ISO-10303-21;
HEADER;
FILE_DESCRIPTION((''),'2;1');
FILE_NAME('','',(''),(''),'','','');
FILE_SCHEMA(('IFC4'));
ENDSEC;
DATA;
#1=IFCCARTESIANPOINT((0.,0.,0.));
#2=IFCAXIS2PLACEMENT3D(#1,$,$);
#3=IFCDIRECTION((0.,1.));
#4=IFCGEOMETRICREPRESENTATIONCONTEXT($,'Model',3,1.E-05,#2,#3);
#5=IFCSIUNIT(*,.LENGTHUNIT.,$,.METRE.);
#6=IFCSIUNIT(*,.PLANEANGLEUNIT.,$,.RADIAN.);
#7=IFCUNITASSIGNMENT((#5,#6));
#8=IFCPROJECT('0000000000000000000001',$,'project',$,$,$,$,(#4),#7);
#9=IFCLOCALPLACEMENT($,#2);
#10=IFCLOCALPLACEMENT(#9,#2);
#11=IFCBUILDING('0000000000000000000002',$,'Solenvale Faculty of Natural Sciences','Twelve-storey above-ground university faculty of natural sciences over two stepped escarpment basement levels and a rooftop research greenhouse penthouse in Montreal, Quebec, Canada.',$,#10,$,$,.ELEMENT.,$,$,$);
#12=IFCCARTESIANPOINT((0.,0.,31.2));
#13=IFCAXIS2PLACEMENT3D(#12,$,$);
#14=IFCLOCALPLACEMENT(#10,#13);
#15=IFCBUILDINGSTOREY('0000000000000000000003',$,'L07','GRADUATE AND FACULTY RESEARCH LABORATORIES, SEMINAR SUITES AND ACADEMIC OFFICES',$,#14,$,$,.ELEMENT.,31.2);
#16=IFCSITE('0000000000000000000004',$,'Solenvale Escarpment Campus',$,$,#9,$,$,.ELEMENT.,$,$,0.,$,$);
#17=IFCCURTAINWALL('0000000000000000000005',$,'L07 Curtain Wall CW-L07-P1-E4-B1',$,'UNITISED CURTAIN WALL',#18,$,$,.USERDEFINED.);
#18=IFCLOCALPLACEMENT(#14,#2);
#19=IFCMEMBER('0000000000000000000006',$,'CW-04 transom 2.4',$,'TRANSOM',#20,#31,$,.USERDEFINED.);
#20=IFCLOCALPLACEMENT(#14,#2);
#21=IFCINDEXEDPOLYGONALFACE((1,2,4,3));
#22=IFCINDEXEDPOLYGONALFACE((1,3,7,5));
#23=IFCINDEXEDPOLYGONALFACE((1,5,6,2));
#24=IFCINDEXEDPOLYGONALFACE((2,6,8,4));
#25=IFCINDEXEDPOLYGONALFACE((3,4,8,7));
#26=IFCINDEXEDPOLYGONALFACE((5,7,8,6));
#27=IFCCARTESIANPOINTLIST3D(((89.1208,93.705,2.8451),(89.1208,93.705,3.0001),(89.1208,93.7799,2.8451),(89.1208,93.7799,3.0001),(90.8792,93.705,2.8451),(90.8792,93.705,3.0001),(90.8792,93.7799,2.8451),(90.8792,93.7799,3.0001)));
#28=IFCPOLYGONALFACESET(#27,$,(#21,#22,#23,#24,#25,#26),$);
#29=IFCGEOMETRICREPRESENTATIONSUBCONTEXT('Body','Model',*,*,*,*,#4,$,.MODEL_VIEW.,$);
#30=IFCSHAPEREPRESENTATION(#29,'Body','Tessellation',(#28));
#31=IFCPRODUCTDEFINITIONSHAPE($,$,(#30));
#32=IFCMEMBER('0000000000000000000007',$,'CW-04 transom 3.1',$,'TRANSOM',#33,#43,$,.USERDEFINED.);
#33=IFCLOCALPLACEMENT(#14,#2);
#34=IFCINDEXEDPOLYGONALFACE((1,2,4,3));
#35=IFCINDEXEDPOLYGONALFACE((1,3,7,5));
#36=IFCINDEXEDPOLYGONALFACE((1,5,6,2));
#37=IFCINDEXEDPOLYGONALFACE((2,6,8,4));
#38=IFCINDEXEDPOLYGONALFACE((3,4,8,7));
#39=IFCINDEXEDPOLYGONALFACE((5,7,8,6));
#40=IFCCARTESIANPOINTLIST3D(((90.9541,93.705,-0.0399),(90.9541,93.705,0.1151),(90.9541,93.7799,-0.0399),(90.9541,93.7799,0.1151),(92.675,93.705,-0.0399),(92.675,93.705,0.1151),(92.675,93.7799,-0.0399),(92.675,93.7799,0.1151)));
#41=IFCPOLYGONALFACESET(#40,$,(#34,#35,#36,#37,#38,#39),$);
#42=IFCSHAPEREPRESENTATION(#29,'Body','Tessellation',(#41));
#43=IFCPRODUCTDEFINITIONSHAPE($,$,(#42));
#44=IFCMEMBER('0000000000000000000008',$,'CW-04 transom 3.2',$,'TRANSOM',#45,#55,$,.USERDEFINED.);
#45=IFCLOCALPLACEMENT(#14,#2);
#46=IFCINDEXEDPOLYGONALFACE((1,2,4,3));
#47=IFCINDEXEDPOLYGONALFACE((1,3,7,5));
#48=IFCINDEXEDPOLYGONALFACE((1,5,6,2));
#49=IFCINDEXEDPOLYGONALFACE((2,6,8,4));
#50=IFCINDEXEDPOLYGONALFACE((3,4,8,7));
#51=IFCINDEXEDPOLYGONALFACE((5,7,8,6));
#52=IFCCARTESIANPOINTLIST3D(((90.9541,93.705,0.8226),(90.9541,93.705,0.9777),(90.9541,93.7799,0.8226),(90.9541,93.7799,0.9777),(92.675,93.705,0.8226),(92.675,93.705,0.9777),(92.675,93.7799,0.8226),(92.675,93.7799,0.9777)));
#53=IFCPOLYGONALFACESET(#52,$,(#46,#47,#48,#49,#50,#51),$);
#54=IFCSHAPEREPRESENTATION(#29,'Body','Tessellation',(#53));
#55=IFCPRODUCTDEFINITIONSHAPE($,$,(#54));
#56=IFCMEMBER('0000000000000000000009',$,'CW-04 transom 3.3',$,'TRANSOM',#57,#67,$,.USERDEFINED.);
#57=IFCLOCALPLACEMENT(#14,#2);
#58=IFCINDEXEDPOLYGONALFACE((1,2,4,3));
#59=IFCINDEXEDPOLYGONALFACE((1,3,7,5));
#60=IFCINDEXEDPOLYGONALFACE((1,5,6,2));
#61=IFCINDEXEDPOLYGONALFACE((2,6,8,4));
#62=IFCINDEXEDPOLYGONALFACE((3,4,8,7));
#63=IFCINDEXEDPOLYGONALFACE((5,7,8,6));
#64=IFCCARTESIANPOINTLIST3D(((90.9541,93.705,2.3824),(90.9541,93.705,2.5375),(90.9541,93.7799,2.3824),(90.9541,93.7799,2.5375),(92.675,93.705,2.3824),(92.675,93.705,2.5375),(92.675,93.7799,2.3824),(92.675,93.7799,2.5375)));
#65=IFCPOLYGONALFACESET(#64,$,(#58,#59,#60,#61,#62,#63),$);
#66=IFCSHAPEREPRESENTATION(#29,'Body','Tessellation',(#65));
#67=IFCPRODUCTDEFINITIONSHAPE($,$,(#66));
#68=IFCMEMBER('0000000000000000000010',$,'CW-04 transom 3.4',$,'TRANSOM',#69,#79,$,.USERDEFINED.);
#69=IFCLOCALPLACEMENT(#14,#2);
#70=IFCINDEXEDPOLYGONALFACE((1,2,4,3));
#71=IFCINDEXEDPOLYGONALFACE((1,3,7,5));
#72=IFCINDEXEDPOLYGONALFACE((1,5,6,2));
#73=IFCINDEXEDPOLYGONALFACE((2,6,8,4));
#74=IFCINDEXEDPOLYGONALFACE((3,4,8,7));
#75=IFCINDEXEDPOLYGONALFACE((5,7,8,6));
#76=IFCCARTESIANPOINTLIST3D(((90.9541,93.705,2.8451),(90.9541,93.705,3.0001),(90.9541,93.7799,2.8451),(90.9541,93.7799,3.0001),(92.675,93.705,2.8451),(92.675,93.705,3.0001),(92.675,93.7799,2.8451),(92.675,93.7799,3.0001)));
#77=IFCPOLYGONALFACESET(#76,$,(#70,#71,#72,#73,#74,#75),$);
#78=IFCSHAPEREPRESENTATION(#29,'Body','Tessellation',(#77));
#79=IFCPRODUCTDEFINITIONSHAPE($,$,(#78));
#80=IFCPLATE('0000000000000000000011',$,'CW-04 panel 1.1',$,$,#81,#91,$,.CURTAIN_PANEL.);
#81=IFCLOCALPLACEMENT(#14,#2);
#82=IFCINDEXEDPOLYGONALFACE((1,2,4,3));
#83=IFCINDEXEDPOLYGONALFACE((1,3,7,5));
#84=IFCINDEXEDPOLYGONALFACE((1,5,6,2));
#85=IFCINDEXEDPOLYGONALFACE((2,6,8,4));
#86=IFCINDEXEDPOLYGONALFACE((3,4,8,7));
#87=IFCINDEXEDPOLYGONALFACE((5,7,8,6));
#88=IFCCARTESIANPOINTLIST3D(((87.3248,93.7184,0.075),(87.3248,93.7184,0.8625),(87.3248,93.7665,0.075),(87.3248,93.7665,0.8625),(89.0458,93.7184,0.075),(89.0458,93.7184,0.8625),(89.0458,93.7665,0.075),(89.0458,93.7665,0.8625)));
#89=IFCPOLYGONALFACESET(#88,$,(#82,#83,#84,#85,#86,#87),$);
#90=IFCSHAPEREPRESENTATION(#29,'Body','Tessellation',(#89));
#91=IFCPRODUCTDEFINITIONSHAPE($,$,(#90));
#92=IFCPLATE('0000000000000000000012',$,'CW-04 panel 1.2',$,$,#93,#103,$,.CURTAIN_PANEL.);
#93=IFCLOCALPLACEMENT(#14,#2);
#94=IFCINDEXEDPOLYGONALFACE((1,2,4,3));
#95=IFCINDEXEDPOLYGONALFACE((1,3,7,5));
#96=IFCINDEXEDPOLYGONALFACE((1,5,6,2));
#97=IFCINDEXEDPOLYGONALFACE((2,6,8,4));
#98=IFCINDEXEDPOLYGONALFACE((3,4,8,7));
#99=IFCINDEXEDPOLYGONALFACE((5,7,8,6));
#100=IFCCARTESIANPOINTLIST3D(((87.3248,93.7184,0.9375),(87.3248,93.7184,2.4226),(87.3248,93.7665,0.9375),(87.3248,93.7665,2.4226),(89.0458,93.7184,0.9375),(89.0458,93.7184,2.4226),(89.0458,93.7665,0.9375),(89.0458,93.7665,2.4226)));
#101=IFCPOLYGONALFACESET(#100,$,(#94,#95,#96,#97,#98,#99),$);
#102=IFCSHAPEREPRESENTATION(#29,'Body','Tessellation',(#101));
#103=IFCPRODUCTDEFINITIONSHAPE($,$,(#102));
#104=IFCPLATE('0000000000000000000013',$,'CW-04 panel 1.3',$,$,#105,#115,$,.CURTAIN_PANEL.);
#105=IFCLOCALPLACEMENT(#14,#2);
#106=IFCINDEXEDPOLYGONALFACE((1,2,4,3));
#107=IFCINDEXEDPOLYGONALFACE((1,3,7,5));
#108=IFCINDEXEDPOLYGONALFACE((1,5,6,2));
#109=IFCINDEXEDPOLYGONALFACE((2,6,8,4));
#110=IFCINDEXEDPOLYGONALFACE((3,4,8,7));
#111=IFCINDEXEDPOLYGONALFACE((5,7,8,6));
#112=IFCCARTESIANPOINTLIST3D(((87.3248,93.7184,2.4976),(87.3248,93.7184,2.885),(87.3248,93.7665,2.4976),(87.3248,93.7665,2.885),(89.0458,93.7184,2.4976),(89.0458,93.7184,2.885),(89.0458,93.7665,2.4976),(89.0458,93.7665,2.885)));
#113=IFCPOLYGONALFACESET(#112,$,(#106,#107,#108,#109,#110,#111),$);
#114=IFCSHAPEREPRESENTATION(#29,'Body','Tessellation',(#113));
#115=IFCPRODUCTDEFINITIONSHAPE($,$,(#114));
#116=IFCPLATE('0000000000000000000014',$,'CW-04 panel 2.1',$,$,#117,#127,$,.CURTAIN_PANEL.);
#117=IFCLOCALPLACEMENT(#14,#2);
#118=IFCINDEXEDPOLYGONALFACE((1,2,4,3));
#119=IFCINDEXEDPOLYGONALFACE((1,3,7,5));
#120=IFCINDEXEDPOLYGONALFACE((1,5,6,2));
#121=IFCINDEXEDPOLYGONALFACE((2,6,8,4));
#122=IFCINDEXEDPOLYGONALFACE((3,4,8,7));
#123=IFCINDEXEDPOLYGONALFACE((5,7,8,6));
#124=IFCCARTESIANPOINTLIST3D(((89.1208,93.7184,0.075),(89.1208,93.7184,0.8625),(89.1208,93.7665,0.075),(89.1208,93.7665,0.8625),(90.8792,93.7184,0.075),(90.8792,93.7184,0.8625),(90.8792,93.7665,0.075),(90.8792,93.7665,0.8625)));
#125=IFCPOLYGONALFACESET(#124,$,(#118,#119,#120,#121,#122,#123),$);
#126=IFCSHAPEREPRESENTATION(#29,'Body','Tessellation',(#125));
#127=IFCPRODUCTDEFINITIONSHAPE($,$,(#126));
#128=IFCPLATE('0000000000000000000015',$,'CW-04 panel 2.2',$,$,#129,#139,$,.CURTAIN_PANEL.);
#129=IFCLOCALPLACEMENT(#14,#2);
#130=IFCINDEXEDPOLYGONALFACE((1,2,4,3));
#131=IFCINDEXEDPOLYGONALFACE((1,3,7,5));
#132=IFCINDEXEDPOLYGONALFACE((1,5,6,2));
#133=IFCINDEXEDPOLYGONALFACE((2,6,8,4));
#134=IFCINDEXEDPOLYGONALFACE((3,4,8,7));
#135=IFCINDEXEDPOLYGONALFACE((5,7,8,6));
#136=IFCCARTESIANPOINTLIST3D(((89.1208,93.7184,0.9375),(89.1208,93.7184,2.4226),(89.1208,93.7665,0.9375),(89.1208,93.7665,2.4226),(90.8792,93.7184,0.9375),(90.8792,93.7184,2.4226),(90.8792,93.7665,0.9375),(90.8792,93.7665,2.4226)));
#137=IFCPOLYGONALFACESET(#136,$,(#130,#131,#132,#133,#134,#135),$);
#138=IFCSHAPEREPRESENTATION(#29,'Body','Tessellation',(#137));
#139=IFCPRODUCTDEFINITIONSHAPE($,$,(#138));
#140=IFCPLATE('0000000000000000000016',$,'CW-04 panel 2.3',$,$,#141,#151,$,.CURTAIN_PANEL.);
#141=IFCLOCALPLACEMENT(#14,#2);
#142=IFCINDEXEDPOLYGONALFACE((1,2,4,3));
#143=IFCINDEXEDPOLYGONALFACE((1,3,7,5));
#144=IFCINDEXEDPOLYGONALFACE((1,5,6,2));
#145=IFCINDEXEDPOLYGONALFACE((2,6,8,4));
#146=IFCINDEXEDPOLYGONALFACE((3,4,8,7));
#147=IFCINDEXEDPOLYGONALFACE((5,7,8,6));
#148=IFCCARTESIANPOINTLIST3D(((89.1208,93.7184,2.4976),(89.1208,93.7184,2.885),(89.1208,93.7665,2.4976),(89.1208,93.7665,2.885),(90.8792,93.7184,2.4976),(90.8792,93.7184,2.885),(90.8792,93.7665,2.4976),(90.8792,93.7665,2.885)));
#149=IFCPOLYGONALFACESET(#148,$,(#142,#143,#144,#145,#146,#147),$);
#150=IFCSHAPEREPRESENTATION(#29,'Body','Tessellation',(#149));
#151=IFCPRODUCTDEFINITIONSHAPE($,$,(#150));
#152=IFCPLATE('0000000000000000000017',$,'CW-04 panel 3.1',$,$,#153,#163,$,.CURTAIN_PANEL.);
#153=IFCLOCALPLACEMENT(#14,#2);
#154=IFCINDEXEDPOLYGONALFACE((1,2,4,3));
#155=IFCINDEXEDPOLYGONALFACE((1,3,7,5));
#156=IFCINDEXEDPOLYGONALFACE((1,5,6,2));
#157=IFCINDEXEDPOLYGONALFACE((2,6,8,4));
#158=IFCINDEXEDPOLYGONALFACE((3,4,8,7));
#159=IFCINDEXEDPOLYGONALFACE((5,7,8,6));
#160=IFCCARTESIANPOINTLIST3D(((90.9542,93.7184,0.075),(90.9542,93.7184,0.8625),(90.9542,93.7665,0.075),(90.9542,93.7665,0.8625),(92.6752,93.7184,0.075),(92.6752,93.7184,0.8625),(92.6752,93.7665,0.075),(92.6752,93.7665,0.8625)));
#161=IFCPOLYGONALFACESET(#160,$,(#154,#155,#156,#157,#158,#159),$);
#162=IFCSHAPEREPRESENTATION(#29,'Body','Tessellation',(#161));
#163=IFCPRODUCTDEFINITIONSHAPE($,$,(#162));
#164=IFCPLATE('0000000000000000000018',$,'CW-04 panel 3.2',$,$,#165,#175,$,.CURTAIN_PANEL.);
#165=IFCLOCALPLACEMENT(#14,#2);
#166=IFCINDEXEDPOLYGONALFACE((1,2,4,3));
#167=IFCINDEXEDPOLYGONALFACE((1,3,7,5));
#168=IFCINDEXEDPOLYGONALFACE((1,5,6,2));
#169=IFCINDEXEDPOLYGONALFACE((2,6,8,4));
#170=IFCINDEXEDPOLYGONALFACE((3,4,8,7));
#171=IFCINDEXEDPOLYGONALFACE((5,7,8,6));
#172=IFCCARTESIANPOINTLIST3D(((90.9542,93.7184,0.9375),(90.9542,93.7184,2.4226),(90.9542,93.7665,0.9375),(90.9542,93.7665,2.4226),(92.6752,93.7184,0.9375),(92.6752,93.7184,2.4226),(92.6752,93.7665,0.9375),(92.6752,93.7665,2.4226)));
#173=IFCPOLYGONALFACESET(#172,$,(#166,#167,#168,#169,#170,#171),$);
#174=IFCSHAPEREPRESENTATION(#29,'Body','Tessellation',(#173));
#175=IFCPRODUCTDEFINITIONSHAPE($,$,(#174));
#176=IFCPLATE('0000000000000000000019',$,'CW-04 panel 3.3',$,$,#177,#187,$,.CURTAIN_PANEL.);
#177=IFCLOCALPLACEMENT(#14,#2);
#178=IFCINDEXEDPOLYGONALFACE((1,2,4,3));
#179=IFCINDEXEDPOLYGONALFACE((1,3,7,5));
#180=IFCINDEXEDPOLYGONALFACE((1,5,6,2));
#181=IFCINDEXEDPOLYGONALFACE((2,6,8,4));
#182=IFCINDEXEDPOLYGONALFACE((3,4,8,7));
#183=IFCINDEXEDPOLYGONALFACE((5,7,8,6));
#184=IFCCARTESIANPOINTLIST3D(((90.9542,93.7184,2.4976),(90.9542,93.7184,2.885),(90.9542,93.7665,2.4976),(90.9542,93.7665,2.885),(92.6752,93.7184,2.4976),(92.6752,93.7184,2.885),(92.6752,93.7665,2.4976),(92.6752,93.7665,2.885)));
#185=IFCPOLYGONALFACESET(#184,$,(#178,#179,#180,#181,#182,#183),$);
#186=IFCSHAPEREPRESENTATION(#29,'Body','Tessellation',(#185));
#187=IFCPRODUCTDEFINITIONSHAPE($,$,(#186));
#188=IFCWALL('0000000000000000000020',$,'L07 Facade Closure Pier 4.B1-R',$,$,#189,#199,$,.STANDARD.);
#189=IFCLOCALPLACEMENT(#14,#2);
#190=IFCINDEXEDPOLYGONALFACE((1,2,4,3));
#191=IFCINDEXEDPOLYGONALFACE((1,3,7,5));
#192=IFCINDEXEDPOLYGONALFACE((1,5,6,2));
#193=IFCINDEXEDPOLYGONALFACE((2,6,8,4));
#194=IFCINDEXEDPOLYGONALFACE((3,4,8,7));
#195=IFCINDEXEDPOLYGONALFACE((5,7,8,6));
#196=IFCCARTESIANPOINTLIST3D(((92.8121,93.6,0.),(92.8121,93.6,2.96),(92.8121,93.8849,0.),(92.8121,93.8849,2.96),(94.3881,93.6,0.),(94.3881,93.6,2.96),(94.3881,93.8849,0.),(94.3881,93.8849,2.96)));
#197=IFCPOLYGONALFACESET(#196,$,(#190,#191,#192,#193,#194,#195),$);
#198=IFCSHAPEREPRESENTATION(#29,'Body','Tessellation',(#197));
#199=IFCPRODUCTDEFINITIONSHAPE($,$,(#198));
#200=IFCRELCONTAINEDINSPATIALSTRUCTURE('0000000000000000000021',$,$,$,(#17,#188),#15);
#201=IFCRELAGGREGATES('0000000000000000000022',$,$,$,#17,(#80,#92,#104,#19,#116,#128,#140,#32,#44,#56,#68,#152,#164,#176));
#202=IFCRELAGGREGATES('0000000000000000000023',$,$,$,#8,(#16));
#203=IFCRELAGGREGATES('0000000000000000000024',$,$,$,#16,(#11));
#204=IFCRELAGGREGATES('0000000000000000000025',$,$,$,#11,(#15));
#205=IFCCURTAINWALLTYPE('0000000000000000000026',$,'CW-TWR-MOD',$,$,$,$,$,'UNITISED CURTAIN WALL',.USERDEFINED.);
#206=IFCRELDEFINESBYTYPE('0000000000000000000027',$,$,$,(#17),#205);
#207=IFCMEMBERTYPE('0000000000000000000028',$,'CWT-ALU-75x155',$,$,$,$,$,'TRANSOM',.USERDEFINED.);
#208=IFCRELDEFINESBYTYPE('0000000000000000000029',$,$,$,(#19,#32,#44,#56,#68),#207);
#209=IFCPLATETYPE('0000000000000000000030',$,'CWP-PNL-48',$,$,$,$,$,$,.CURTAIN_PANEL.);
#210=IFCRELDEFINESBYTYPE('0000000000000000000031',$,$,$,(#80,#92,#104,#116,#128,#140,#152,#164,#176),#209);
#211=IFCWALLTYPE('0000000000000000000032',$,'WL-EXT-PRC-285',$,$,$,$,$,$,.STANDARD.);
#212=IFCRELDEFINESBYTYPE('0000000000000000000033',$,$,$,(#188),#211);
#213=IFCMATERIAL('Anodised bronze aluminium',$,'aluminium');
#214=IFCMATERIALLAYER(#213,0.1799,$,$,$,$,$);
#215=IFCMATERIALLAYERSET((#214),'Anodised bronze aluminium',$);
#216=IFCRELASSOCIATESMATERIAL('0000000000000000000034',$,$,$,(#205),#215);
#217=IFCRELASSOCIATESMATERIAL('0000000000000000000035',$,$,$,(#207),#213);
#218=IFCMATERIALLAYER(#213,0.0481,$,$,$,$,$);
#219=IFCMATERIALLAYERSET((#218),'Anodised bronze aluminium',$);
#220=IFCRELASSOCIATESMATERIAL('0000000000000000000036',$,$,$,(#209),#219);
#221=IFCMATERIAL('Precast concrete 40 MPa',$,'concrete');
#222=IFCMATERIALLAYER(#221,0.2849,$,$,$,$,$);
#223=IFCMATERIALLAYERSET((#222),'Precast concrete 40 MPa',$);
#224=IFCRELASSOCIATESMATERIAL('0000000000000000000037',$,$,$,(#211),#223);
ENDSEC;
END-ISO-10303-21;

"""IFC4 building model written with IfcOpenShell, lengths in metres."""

from ifc_helpers import new_model, si_unit, direction, frame, frame_2d, origin, origin_2d, place, context, subcontext, project, spatial, rectangle, extrude, material, layer, layer_set, material_profile, profile_set, type_object, element, aggregate, save


model = new_model("IFC4")

# Units and contexts
model_context = context("Model", 3, precision=1e-05, world=origin(), true_north=direction((0.0, 1.0)))
body_context = subcontext(model_context, "Body", "Model", "MODEL_VIEW")
ifc_project = project(units=[si_unit("LENGTHUNIT", "METRE"), si_unit("PLANEANGLEUNIT", "RADIAN")], contexts=[model_context])

# Site, building, storey
site_placement = place(None, origin())
site = spatial("IfcSite", under=ifc_project, at=site_placement, Name="Solenvale Escarpment Campus", CompositionType="ELEMENT", RefElevation=0.0)
building_placement = place(site_placement, origin())
building = spatial("IfcBuilding", under=site, at=building_placement, Name="Solenvale Faculty of Natural Sciences", Description="Twelve-storey above-ground university faculty of natural sciences over two stepped escarpment basement levels and a rooftop research greenhouse penthouse in Montreal, Quebec, Canada.", CompositionType="ELEMENT")
storey_placement = place(building_placement, frame((0.0, 0.0, 31.2)))
storey = spatial("IfcBuildingStorey", under=building, at=storey_placement, Name="L07", Description="GRADUATE AND FACULTY RESEARCH LABORATORIES, SEMINAR SUITES AND ACADEMIC OFFICES", CompositionType="ELEMENT", Elevation=31.2)

# Curtain wall, members, plates
ifc_material_1 = material(Name="Anodised bronze aluminium", Category="aluminium")
ifc_layer_1 = layer(ifc_material_1, 0.1799)
ifc_layer_set_1 = layer_set([ifc_layer_1], Name="Anodised bronze aluminium")
curtain_wall_type = type_object("IfcCurtainWallType", Name="CW-TWR-MOD", ElementType="UNITISED CURTAIN WALL", PredefinedType="USERDEFINED", material=ifc_layer_set_1)
curtain_wall_placement = place(storey_placement, origin())
curtain_wall = element("IfcCurtainWall", 1, at=curtain_wall_placement, inside=storey, type_object=curtain_wall_type, Name="L07 Curtain Wall CW-L07-P1-E4-B1", ObjectType="UNITISED CURTAIN WALL", PredefinedType="USERDEFINED")
ifc_material_profile_1 = material_profile(ifc_material_1, rectangle(XDim=0.075, YDim=0.155, at=origin_2d()), Name="ALU-TRN-75x155")
ifc_profile_set_1 = profile_set([ifc_material_profile_1], Name="Anodised bronze aluminium")
member_type_1 = type_object("IfcMemberType", Name="CWT-ALU-75x155", ElementType="TRANSOM", PredefinedType="USERDEFINED", material=ifc_profile_set_1)
member_1_placement = place(storey_placement, frame((89.1208, 93.7424, 2.9226), z_axis=(1.0, 0.0, 0.0), x_axis=(0.0, 1.0, 0.0)))
member_1 = element("IfcMember", 2, at=member_1_placement, type_object=member_type_1, Name="CW-04 transom 2.4", ObjectType="TRANSOM", PredefinedType="USERDEFINED", context=body_context, shape_type="SweptSolid", body=[
    extrude(rectangle(XDim=0.075, YDim=0.155, at=origin_2d()), origin(), (0.0, 0.0, 1.0), 1.7583),
])
member_2_placement = place(storey_placement, frame((90.9541, 93.7424, 0.0376), z_axis=(1.0, 0.0, 0.0), x_axis=(0.0, 1.0, 0.0)))
member_2 = element("IfcMember", 3, at=member_2_placement, type_object=member_type_1, Name="CW-04 transom 3.1", ObjectType="TRANSOM", PredefinedType="USERDEFINED", context=body_context, shape_type="SweptSolid", body=[
    extrude(rectangle(XDim=0.075, YDim=0.155, at=origin_2d()), origin(), (0.0, 0.0, 1.0), 1.7209),
])
member_3_placement = place(storey_placement, frame((90.9541, 93.7424, 0.9001), z_axis=(1.0, 0.0, 0.0), x_axis=(0.0, 1.0, 0.0)))
member_3 = element("IfcMember", 4, at=member_3_placement, type_object=member_type_1, Name="CW-04 transom 3.2", ObjectType="TRANSOM", PredefinedType="USERDEFINED", context=body_context, shape_type="SweptSolid", body=[
    extrude(rectangle(XDim=0.075, YDim=0.155, at=origin_2d()), origin(), (0.0, 0.0, 1.0), 1.7209),
])
member_4_placement = place(storey_placement, frame((90.9541, 93.7424, 2.46), z_axis=(1.0, 0.0, 0.0), x_axis=(0.0, 1.0, 0.0)))
member_4 = element("IfcMember", 5, at=member_4_placement, type_object=member_type_1, Name="CW-04 transom 3.3", ObjectType="TRANSOM", PredefinedType="USERDEFINED", context=body_context, shape_type="SweptSolid", body=[
    extrude(rectangle(XDim=0.075, YDim=0.155, at=origin_2d()), origin(), (0.0, 0.0, 1.0), 1.7209),
])
member_5_placement = place(storey_placement, frame((90.9541, 93.7424, 2.9226), z_axis=(1.0, 0.0, 0.0), x_axis=(0.0, 1.0, 0.0)))
member_5 = element("IfcMember", 6, at=member_5_placement, type_object=member_type_1, Name="CW-04 transom 3.4", ObjectType="TRANSOM", PredefinedType="USERDEFINED", context=body_context, shape_type="SweptSolid", body=[
    extrude(rectangle(XDim=0.075, YDim=0.155, at=origin_2d()), origin(), (0.0, 0.0, 1.0), 1.7209),
])
ifc_layer_2 = layer(ifc_material_1, 0.0481)
ifc_layer_set_2 = layer_set([ifc_layer_2], Name="Anodised bronze aluminium")
plate_type = type_object("IfcPlateType", Name="CWP-PNL-48", PredefinedType="CURTAIN_PANEL", material=ifc_layer_set_2)
plate_1_placement = place(storey_placement, frame((88.1853, 93.7424, 0.075), z_axis=(0.0, 0.0, 1.0), x_axis=(1.0, 0.0, 0.0)))
plate_1 = element("IfcPlate", 7, at=plate_1_placement, type_object=plate_type, Name="CW-04 panel 1.1", PredefinedType="CURTAIN_PANEL", context=body_context, shape_type="SweptSolid", body=[
    extrude(rectangle(XDim=1.7209, YDim=0.0481, at=origin_2d()), origin(), (0.0, 0.0, 1.0), 0.7876),
])
plate_2_placement = place(storey_placement, frame((88.1853, 93.7424, 0.9375), z_axis=(0.0, 0.0, 1.0), x_axis=(1.0, 0.0, 0.0)))
plate_2 = element("IfcPlate", 8, at=plate_2_placement, type_object=plate_type, Name="CW-04 panel 1.2", PredefinedType="CURTAIN_PANEL", context=body_context, shape_type="SweptSolid", body=[
    extrude(rectangle(XDim=1.7209, YDim=0.0481, at=origin_2d()), origin(), (0.0, 0.0, 1.0), 1.4851),
])
plate_3_placement = place(storey_placement, frame((88.1853, 93.7424, 2.4976), z_axis=(0.0, 0.0, 1.0), x_axis=(1.0, 0.0, 0.0)))
plate_3 = element("IfcPlate", 9, at=plate_3_placement, type_object=plate_type, Name="CW-04 panel 1.3", PredefinedType="CURTAIN_PANEL", context=body_context, shape_type="SweptSolid", body=[
    extrude(rectangle(XDim=1.7209, YDim=0.0481, at=origin_2d()), origin(), (0.0, 0.0, 1.0), 0.3875),
])
plate_4_placement = place(storey_placement, frame((90.0, 93.7424, 0.075), z_axis=(0.0, 0.0, 1.0), x_axis=(1.0, 0.0, 0.0)))
plate_4 = element("IfcPlate", 10, at=plate_4_placement, type_object=plate_type, Name="CW-04 panel 2.1", PredefinedType="CURTAIN_PANEL", context=body_context, shape_type="SweptSolid", body=[
    extrude(rectangle(XDim=1.7583, YDim=0.0481, at=origin_2d()), origin(), (0.0, 0.0, 1.0), 0.7876),
])
plate_5_placement = place(storey_placement, frame((90.0, 93.7424, 0.9375), z_axis=(0.0, 0.0, 1.0), x_axis=(1.0, 0.0, 0.0)))
plate_5 = element("IfcPlate", 11, at=plate_5_placement, type_object=plate_type, Name="CW-04 panel 2.2", PredefinedType="CURTAIN_PANEL", context=body_context, shape_type="SweptSolid", body=[
    extrude(rectangle(XDim=1.7583, YDim=0.0481, at=origin_2d()), origin(), (0.0, 0.0, 1.0), 1.4851),
])
plate_6_placement = place(storey_placement, frame((90.0, 93.7424, 2.4976), z_axis=(0.0, 0.0, 1.0), x_axis=(1.0, 0.0, 0.0)))
plate_6 = element("IfcPlate", 12, at=plate_6_placement, type_object=plate_type, Name="CW-04 panel 2.3", PredefinedType="CURTAIN_PANEL", context=body_context, shape_type="SweptSolid", body=[
    extrude(rectangle(XDim=1.7583, YDim=0.0481, at=origin_2d()), origin(), (0.0, 0.0, 1.0), 0.3875),
])
plate_7_placement = place(storey_placement, frame((91.8147, 93.7424, 0.075), z_axis=(0.0, 0.0, 1.0), x_axis=(1.0, 0.0, 0.0)))
plate_7 = element("IfcPlate", 13, at=plate_7_placement, type_object=plate_type, Name="CW-04 panel 3.1", PredefinedType="CURTAIN_PANEL", context=body_context, shape_type="SweptSolid", body=[
    extrude(rectangle(XDim=1.7209, YDim=0.0481, at=origin_2d()), origin(), (0.0, 0.0, 1.0), 0.7876),
])
plate_8_placement = place(storey_placement, frame((91.8147, 93.7424, 0.9375), z_axis=(0.0, 0.0, 1.0), x_axis=(1.0, 0.0, 0.0)))
plate_8 = element("IfcPlate", 14, at=plate_8_placement, type_object=plate_type, Name="CW-04 panel 3.2", PredefinedType="CURTAIN_PANEL", context=body_context, shape_type="SweptSolid", body=[
    extrude(rectangle(XDim=1.7209, YDim=0.0481, at=origin_2d()), origin(), (0.0, 0.0, 1.0), 1.4851),
])
plate_9_placement = place(storey_placement, frame((91.8147, 93.7424, 2.4976), z_axis=(0.0, 0.0, 1.0), x_axis=(1.0, 0.0, 0.0)))
plate_9 = element("IfcPlate", 15, at=plate_9_placement, type_object=plate_type, Name="CW-04 panel 3.3", PredefinedType="CURTAIN_PANEL", context=body_context, shape_type="SweptSolid", body=[
    extrude(rectangle(XDim=1.7209, YDim=0.0481, at=origin_2d()), origin(), (0.0, 0.0, 1.0), 0.3875),
])
aggregate(curtain_wall, [plate_1, plate_2, plate_3, member_1, plate_4, plate_5, plate_6, member_2, member_3, member_4, member_5, plate_7, plate_8, plate_9])

# Wall
ifc_material_2 = material(Name="Precast concrete 40 MPa", Category="concrete")
ifc_layer_3 = layer(ifc_material_2, 0.2849)
ifc_layer_set_3 = layer_set([ifc_layer_3], Name="Precast concrete 40 MPa")
wall_type = type_object("IfcWallType", Name="WL-EXT-PRC-285", PredefinedType="STANDARD", material=ifc_layer_set_3)
wall_placement = place(storey_placement, frame((92.812, 93.7424, 0.0), z_axis=(0.0, 0.0, 1.0), x_axis=(1.0, 0.0, 0.0)))
element("IfcWall", 16, at=wall_placement, inside=storey, type_object=wall_type, Name="L07 Facade Closure Pier 4.B1-R", PredefinedType="STANDARD", context=body_context, shape_type="SweptSolid", body=[
    extrude(rectangle(XDim=1.5759, YDim=0.2849, at=frame_2d((0.7881, 0.0))), origin(), (0.0, 0.0, 1.0), 2.96),
])

save(model, "model.ifc")
